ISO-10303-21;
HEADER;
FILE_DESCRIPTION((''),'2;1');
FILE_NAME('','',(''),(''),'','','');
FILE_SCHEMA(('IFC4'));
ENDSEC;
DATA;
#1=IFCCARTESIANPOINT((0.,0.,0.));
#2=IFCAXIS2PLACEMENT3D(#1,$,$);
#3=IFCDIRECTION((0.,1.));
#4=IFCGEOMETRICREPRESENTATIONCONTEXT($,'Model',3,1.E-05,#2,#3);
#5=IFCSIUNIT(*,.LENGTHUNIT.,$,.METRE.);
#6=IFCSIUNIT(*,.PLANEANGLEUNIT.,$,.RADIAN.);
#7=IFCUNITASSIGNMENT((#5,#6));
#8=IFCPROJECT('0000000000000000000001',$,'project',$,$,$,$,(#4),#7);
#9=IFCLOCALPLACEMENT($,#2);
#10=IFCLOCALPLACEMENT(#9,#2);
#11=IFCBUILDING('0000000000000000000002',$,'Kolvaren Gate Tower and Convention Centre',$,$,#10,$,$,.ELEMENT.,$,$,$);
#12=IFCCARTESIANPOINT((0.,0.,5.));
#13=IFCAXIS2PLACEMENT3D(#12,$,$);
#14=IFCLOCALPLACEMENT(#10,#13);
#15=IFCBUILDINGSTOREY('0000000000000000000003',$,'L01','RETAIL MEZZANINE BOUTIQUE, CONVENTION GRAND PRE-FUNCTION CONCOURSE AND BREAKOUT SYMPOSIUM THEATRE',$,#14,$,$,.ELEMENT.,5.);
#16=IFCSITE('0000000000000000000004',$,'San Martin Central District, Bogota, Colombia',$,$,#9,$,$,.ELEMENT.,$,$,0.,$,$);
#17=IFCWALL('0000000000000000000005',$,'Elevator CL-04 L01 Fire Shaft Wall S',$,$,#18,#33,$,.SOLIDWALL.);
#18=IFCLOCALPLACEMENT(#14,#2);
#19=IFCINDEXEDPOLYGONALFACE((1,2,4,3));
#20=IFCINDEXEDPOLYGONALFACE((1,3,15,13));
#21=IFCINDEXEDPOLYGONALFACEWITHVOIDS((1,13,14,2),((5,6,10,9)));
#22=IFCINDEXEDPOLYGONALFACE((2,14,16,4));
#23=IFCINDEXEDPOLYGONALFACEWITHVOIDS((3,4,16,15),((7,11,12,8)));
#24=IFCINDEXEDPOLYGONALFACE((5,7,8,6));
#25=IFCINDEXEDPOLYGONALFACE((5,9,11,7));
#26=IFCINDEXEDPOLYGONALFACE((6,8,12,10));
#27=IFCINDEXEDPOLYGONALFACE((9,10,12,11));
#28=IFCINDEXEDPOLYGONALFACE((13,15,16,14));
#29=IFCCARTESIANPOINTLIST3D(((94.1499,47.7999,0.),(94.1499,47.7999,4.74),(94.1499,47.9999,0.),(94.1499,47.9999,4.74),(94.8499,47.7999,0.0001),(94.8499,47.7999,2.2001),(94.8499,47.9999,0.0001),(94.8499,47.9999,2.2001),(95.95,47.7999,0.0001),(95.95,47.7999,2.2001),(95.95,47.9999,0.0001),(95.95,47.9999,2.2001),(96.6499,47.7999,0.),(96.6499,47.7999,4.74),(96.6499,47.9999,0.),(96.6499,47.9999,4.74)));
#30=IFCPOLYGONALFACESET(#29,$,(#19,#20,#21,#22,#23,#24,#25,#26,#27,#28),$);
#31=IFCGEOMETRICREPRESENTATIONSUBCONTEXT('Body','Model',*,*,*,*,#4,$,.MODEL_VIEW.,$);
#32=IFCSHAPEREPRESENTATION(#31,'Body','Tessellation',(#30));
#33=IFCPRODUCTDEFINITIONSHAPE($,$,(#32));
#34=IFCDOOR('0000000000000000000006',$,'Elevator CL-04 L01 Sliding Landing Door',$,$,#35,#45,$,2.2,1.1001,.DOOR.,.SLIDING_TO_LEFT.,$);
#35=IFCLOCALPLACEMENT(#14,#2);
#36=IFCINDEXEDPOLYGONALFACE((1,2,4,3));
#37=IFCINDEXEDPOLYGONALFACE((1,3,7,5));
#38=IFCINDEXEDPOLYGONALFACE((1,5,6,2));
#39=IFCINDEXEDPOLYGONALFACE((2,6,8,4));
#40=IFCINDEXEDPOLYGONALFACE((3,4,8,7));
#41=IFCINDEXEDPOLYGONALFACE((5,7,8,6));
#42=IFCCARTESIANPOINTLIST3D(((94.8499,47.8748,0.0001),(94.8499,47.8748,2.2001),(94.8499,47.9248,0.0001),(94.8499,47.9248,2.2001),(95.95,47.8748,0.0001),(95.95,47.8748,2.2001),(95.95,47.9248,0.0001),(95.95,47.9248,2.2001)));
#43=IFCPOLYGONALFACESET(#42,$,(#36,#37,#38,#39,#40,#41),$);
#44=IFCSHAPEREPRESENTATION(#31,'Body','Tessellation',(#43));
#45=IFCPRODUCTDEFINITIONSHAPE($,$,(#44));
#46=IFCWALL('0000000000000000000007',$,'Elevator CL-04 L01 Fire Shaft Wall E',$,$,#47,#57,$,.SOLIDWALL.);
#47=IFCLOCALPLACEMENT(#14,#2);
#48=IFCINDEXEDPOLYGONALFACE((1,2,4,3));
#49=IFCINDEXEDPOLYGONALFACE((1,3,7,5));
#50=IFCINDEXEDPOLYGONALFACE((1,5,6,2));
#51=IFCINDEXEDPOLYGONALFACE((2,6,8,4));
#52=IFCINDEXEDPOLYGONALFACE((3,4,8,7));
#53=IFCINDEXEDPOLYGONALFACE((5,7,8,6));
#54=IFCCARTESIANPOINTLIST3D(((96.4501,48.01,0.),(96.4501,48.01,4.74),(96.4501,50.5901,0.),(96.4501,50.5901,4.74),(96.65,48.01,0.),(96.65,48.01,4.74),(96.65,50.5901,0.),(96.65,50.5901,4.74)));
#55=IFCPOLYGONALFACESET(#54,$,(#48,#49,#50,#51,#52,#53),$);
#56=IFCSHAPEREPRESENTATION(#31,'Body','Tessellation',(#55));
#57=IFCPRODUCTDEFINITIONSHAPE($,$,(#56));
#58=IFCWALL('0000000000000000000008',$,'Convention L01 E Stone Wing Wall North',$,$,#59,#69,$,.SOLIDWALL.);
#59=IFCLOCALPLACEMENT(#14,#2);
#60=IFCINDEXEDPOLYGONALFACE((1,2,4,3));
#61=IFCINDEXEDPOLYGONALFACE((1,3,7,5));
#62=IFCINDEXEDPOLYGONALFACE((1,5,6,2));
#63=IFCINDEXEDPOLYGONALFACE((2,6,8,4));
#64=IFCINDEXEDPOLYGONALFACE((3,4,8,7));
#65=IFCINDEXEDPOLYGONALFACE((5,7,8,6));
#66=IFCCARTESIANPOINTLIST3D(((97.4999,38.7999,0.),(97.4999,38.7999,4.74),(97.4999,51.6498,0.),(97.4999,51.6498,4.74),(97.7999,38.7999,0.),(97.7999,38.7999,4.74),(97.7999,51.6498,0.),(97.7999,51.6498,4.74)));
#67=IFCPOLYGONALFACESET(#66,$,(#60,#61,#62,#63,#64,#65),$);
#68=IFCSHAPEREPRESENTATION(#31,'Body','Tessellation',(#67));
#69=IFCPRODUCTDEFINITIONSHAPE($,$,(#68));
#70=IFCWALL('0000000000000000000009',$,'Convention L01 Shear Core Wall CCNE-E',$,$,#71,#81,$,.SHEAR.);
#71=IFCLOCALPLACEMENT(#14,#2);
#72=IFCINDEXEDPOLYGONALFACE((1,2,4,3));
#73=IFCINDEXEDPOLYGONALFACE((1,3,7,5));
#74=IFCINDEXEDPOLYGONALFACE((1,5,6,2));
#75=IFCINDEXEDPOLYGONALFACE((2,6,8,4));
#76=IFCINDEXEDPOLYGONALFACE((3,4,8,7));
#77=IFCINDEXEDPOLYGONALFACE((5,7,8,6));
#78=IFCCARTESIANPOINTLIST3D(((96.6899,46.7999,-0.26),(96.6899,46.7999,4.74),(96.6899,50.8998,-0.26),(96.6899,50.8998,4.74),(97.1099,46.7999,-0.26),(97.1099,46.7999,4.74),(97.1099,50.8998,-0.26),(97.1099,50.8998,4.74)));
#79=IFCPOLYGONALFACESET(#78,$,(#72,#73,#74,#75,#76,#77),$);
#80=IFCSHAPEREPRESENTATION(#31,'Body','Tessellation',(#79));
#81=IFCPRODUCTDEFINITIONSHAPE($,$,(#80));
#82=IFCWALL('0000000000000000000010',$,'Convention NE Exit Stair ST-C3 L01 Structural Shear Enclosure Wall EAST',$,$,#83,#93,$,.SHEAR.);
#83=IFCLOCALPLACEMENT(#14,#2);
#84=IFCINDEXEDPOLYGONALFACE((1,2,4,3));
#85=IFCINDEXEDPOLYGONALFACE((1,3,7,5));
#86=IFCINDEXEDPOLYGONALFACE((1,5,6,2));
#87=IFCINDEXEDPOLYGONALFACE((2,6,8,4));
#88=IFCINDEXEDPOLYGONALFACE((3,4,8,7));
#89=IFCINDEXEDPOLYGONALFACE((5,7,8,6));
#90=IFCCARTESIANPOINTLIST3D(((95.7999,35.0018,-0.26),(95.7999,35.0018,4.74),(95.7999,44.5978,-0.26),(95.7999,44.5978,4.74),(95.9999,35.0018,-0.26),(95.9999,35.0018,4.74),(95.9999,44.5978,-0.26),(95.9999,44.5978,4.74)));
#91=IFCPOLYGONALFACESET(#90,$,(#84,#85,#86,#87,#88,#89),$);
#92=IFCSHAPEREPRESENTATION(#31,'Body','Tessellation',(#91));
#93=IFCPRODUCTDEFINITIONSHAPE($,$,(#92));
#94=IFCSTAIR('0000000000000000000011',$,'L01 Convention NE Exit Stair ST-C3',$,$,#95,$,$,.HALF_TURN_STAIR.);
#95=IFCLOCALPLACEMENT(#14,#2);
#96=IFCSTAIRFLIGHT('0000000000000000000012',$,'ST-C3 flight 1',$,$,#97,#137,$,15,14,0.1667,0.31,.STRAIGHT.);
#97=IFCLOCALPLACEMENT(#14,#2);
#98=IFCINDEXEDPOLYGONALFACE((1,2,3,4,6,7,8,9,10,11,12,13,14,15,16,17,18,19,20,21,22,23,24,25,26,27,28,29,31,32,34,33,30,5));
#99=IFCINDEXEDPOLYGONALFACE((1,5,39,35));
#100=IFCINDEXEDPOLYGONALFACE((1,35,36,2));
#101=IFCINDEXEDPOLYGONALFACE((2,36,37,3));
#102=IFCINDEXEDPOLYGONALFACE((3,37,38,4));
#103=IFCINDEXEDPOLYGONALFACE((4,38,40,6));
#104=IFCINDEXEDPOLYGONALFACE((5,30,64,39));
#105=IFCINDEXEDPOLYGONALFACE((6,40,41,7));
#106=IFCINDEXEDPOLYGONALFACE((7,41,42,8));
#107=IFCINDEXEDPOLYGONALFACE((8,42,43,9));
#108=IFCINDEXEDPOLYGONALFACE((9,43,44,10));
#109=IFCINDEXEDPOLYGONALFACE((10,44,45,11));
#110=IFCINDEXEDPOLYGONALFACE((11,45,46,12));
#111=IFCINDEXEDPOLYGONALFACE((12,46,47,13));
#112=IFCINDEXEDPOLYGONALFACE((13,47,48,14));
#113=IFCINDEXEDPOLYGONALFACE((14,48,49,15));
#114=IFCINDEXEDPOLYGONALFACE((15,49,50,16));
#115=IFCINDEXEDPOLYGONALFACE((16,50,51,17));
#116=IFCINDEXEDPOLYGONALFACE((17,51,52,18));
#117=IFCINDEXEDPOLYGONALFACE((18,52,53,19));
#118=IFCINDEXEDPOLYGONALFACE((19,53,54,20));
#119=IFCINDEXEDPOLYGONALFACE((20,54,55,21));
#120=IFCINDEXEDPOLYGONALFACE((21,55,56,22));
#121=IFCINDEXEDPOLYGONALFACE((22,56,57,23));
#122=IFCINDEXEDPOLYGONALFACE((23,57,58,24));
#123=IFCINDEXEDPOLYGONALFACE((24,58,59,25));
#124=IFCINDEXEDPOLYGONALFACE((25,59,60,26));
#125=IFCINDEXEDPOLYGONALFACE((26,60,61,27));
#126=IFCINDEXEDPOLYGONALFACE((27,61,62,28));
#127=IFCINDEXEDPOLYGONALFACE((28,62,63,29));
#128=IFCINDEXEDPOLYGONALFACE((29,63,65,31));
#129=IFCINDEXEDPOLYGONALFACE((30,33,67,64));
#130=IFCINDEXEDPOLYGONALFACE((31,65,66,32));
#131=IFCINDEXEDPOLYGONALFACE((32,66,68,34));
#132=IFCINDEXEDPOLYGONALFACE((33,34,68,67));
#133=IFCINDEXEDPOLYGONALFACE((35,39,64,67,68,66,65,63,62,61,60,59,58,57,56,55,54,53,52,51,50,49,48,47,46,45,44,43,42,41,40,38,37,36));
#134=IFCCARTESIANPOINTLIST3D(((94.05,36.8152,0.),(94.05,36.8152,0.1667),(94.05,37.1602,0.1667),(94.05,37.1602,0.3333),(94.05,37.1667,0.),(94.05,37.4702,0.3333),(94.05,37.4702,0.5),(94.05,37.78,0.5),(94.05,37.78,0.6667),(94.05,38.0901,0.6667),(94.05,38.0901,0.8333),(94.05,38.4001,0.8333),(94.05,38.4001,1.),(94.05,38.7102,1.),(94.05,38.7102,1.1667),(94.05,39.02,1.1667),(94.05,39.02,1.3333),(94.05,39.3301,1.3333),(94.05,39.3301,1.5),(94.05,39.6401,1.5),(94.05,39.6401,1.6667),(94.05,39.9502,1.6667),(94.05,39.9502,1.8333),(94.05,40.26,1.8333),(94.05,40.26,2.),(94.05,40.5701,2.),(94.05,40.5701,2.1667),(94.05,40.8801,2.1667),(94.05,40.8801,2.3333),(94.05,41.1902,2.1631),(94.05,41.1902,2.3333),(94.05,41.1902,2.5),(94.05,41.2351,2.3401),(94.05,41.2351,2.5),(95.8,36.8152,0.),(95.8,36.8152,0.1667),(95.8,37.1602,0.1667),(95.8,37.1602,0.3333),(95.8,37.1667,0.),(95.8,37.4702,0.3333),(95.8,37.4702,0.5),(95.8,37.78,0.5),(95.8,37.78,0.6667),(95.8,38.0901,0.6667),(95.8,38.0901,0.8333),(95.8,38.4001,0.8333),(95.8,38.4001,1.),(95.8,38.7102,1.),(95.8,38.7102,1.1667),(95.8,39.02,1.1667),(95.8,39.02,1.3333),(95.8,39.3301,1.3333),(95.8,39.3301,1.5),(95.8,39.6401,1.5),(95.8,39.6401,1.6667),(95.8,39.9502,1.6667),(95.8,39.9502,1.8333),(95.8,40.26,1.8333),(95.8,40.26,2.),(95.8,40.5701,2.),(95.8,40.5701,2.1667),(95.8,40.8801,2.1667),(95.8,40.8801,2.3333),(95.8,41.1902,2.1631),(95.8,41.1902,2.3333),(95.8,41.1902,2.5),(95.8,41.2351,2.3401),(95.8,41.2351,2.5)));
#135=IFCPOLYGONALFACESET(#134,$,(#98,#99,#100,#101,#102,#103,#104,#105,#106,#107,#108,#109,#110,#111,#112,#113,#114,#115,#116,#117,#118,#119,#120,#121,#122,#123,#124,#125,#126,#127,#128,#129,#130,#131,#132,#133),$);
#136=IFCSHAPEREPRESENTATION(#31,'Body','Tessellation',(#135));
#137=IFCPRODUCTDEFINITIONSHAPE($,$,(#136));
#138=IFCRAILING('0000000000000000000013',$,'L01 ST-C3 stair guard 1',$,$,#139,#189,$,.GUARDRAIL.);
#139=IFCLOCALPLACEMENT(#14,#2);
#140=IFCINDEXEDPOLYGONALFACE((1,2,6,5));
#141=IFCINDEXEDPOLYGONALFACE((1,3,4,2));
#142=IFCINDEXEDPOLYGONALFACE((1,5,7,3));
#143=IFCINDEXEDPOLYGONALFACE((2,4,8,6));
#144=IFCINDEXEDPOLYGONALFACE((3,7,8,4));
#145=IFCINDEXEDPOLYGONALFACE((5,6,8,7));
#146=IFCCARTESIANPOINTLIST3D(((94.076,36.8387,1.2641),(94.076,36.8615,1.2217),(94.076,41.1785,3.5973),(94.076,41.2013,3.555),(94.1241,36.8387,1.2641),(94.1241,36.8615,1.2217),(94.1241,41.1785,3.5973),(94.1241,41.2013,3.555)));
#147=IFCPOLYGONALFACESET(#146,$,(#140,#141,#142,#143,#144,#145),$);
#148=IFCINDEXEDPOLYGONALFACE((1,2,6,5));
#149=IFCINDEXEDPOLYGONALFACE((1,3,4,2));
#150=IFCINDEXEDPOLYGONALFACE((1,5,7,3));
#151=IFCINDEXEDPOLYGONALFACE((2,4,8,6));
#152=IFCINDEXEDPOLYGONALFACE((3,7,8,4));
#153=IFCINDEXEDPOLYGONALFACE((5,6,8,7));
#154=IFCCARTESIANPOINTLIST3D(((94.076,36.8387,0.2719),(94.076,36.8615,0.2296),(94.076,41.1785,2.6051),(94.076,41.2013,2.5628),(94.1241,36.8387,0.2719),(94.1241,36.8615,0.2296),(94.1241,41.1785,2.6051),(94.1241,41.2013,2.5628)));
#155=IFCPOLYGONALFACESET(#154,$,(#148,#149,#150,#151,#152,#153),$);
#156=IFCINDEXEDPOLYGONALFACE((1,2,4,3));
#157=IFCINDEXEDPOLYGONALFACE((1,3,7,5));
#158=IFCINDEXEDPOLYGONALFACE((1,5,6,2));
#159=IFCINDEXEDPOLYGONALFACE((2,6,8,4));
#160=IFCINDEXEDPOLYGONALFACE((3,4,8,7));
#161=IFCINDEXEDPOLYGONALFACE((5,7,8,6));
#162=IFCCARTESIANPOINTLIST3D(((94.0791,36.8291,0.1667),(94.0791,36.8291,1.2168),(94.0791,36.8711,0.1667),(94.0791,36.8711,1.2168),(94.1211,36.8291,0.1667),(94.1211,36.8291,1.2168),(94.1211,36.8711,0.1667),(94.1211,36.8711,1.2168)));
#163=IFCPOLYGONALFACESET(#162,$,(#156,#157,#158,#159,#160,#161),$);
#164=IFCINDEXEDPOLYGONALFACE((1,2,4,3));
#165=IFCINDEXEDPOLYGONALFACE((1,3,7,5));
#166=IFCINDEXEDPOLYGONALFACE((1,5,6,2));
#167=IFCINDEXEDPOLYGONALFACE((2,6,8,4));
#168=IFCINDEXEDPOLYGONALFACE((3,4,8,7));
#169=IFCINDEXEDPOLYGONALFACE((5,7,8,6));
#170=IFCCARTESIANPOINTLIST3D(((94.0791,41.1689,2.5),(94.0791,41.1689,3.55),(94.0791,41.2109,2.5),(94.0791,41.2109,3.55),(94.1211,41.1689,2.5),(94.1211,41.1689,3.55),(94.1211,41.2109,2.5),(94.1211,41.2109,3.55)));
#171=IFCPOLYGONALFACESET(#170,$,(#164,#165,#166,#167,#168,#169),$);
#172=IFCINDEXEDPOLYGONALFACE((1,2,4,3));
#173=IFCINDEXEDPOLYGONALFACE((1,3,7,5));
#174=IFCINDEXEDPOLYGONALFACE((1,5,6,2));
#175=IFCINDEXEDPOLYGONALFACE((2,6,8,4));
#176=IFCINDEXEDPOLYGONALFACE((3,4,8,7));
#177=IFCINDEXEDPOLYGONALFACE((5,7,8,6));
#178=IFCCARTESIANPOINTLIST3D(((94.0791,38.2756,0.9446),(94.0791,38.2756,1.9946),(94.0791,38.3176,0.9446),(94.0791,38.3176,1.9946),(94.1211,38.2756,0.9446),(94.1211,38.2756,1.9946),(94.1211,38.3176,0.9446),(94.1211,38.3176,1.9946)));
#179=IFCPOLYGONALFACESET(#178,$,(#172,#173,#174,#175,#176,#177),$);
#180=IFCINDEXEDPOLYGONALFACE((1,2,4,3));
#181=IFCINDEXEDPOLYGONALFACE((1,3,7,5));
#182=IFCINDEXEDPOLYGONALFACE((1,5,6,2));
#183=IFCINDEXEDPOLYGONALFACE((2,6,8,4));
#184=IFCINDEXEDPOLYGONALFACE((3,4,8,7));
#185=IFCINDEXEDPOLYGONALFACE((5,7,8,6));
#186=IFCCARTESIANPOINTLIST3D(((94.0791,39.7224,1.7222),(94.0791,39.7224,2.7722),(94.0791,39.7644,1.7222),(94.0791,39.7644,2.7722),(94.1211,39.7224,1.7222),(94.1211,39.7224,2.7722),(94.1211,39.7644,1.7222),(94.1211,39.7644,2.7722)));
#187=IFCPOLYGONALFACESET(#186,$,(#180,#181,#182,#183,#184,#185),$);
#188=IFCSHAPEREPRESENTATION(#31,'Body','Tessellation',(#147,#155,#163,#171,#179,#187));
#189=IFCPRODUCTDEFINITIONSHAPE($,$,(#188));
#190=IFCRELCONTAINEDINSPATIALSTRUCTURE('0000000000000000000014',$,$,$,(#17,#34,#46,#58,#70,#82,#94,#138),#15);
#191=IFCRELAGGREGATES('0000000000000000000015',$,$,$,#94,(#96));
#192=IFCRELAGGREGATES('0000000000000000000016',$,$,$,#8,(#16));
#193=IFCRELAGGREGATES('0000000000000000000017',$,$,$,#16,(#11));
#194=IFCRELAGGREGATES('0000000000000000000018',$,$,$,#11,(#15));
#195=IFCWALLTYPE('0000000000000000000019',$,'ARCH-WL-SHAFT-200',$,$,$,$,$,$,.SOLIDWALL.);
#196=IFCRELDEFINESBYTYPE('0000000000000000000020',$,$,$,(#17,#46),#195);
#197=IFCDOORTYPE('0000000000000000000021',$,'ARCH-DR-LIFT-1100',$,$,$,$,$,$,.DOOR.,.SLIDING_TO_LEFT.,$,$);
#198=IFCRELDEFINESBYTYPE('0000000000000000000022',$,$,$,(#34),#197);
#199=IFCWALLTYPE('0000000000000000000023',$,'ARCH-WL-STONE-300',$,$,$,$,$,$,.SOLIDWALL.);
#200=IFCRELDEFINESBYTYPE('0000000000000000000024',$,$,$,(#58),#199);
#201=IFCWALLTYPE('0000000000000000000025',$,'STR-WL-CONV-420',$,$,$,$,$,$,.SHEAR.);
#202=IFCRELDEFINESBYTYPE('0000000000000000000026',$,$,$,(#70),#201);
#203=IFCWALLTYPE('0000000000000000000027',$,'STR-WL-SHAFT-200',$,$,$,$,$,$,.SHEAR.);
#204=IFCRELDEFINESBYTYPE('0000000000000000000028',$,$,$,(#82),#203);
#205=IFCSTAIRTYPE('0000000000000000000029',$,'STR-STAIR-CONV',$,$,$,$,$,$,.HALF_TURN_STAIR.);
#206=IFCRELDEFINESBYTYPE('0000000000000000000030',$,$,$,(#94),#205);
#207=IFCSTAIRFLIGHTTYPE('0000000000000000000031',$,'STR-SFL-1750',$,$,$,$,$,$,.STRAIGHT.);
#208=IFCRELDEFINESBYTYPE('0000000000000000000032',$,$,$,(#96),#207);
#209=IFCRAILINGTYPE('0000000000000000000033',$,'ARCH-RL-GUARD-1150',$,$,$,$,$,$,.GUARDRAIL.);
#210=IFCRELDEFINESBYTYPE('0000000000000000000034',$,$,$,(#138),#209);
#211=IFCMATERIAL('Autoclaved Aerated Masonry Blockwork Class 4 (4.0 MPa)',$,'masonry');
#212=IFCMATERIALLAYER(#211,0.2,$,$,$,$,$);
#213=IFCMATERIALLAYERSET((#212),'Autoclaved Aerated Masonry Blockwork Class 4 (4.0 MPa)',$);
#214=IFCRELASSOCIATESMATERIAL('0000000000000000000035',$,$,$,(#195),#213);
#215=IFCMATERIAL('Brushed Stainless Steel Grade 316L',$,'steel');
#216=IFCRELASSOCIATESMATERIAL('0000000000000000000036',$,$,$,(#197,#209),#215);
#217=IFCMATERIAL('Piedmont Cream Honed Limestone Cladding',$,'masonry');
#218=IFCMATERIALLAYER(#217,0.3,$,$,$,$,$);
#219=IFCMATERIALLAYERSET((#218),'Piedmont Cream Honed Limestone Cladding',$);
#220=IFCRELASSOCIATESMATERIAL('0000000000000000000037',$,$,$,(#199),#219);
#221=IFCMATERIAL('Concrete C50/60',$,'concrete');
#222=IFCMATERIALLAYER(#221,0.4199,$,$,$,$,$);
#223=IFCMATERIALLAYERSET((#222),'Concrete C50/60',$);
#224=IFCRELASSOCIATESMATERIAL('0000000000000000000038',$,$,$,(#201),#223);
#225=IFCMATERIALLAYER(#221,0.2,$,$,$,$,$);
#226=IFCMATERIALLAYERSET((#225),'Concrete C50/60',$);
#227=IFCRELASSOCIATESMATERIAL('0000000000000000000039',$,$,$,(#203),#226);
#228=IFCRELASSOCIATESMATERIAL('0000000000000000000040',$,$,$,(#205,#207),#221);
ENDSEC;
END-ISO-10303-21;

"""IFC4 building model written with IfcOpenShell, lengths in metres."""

from ifc_helpers import new_model, si_unit, direction, frame, frame_2d, origin, origin_2d, place, context, subcontext, project, spatial, polyline, rectangle, outline, extrude, material, layer, layer_set, type_object, element, fill, aggregate, save


model = new_model("IFC4")

# Units and contexts
model_context = context("Model", 3, precision=1e-05, world=origin(), true_north=direction((0.0, 1.0)))
body_context = subcontext(model_context, "Body", "Model", "MODEL_VIEW")
ifc_project = project(units=[si_unit("LENGTHUNIT", "METRE"), si_unit("PLANEANGLEUNIT", "RADIAN")], contexts=[model_context])

# Site, building, storey
site_placement = place(None, origin())
site = spatial("IfcSite", under=ifc_project, at=site_placement, Name="San Martin Central District, Bogota, Colombia", CompositionType="ELEMENT", RefElevation=0.0)
building_placement = place(site_placement, origin())
building = spatial("IfcBuilding", under=site, at=building_placement, Name="Kolvaren Gate Tower and Convention Centre", CompositionType="ELEMENT")
storey_placement = place(building_placement, frame((0.0, 0.0, 5.0)))
storey = spatial("IfcBuildingStorey", under=building, at=storey_placement, Name="L01", Description="RETAIL MEZZANINE BOUTIQUE, CONVENTION GRAND PRE-FUNCTION CONCOURSE AND BREAKOUT SYMPOSIUM THEATRE", CompositionType="ELEMENT", Elevation=5.0)

# Shared definitions
ifc_material_1 = material(Name="Autoclaved Aerated Masonry Blockwork Class 4 (4.0 MPa)", Category="masonry")
ifc_layer_1 = layer(ifc_material_1, 0.2)
ifc_layer_set_1 = layer_set([ifc_layer_1], Name="Autoclaved Aerated Masonry Blockwork Class 4 (4.0 MPa)")
wall_type_1 = type_object("IfcWallType", Name="ARCH-WL-SHAFT-200", PredefinedType="SOLIDWALL", material=ifc_layer_set_1)

# Wall, opening, door
wall_1_placement = place(storey_placement, frame((94.1499, 47.8999, 0.0), z_axis=(0.0, 0.0, 1.0), x_axis=(1.0, 0.0, 0.0)))
wall_1 = element("IfcWall", 1, at=wall_1_placement, inside=storey, type_object=wall_type_1, Name="Elevator CL-04 L01 Fire Shaft Wall S", PredefinedType="SOLIDWALL", context=body_context, shape_type="SweptSolid", body=[
    extrude(rectangle(XDim=2.5, YDim=0.2, at=frame_2d((1.25, 0.0))), origin(), (0.0, 0.0, 1.0), 4.74),
])
opening_placement = place(wall_1_placement, frame((0.7, 0.0, 0.0)))
opening = element("IfcOpeningElement", 2, at=opening_placement, cuts=wall_1, PredefinedType="OPENING", context=body_context, shape_type="SweptSolid", body=[
    extrude(rectangle(XDim=1.1001, YDim=2.2, at=frame_2d((0.55, 1.1001))), frame((0.0, 0.1099, 0.0), z_axis=(0.0, -1.0, 0.0), x_axis=(1.0, 0.0, 0.0)), (0.0, 0.0, 1.0), 0.22),
])
ifc_material_2 = material(Name="Brushed Stainless Steel Grade 316L", Category="steel")
door_type = type_object("IfcDoorType", Name="ARCH-DR-LIFT-1100", OperationType="SLIDING_TO_LEFT", PredefinedType="DOOR", material=ifc_material_2)
door_placement = place(opening_placement, origin())
door = element("IfcDoor", 3, at=door_placement, inside=storey, type_object=door_type, Name="Elevator CL-04 L01 Sliding Landing Door", OperationType="SLIDING_TO_LEFT", OverallHeight=2.2, OverallWidth=1.1001, PredefinedType="DOOR", context=body_context, shape_type="SweptSolid", body=[
    extrude(rectangle(XDim=1.1001, YDim=2.2, at=frame_2d((0.55, 1.1001))), frame((0.0, 0.0249, 0.0), z_axis=(0.0, -1.0, 0.0), x_axis=(1.0, 0.0, 0.0)), (0.0, 0.0, 1.0), 0.05),
])
fill(opening, door)

# Walls
wall_2_placement = place(storey_placement, frame((96.55, 48.01, 0.0), z_axis=(0.0, 0.0, 1.0), x_axis=(0.0, 1.0, 0.0)))
element("IfcWall", 4, at=wall_2_placement, inside=storey, type_object=wall_type_1, Name="Elevator CL-04 L01 Fire Shaft Wall E", PredefinedType="SOLIDWALL", context=body_context, shape_type="SweptSolid", body=[
    extrude(rectangle(XDim=2.5801, YDim=0.2, at=frame_2d((1.29, 0.0))), origin(), (0.0, 0.0, 1.0), 4.74),
])
ifc_material_3 = material(Name="Piedmont Cream Honed Limestone Cladding", Category="masonry")
ifc_layer_2 = layer(ifc_material_3, 0.3)
ifc_layer_set_2 = layer_set([ifc_layer_2], Name="Piedmont Cream Honed Limestone Cladding")
wall_type_2 = type_object("IfcWallType", Name="ARCH-WL-STONE-300", PredefinedType="SOLIDWALL", material=ifc_layer_set_2)
wall_3_placement = place(storey_placement, frame((97.6499, 38.8, 0.0), z_axis=(0.0, 0.0, 1.0), x_axis=(0.0, 1.0, 0.0)))
element("IfcWall", 5, at=wall_3_placement, inside=storey, type_object=wall_type_2, Name="Convention L01 E Stone Wing Wall North", PredefinedType="SOLIDWALL", context=body_context, shape_type="SweptSolid", body=[
    extrude(rectangle(XDim=12.8499, YDim=0.3, at=frame_2d((6.4248, 0.0))), origin(), (0.0, 0.0, 1.0), 4.74),
])
ifc_material_4 = material(Name="Concrete C50/60", Category="concrete")
ifc_layer_3 = layer(ifc_material_4, 0.4199)
ifc_layer_set_3 = layer_set([ifc_layer_3], Name="Concrete C50/60")
wall_type_3 = type_object("IfcWallType", Name="STR-WL-CONV-420", PredefinedType="SHEAR", material=ifc_layer_set_3)
wall_4_placement = place(storey_placement, frame((96.8999, 46.8, -0.26), z_axis=(0.0, 0.0, 1.0), x_axis=(0.0, 1.0, 0.0)))
element("IfcWall", 6, at=wall_4_placement, inside=storey, type_object=wall_type_3, Name="Convention L01 Shear Core Wall CCNE-E", PredefinedType="SHEAR", context=body_context, shape_type="SweptSolid", body=[
    extrude(rectangle(XDim=4.0999, YDim=0.4199, at=frame_2d((2.0498, 0.0))), origin(), (0.0, 0.0, 1.0), 5.0),
])
ifc_layer_4 = layer(ifc_material_4, 0.2)
ifc_layer_set_4 = layer_set([ifc_layer_4], Name="Concrete C50/60")
wall_type_4 = type_object("IfcWallType", Name="STR-WL-SHAFT-200", PredefinedType="SHEAR", material=ifc_layer_set_4)
wall_5_placement = place(storey_placement, frame((95.8999, 35.002, -0.26), z_axis=(0.0, 0.0, 1.0), x_axis=(0.0, 1.0, 0.0)))
element("IfcWall", 7, at=wall_5_placement, inside=storey, type_object=wall_type_4, Name="Convention NE Exit Stair ST-C3 L01 Structural Shear Enclosure Wall EAST", PredefinedType="SHEAR", context=body_context, shape_type="SweptSolid", body=[
    extrude(rectangle(XDim=9.5959, YDim=0.2, at=frame_2d((4.7979, 0.0))), origin(), (0.0, 0.0, 1.0), 5.0),
])

# Stair, stair flight
stair_type = type_object("IfcStairType", Name="STR-STAIR-CONV", PredefinedType="HALF_TURN_STAIR", material=ifc_material_4)
stair_placement = place(storey_placement, origin())
stair = element("IfcStair", 8, at=stair_placement, inside=storey, type_object=stair_type, Name="L01 Convention NE Exit Stair ST-C3", PredefinedType="HALF_TURN_STAIR")
stair_flight_type = type_object("IfcStairFlightType", Name="STR-SFL-1750", PredefinedType="STRAIGHT", material=ifc_material_4)
stair_flight_placement = place(storey_placement, frame((94.925, 36.8501, 0.0), z_axis=(0.0, 0.0, 1.0), x_axis=(0.0, 1.0, 0.0)))
stair_flight = element("IfcStairFlight", 9, at=stair_flight_placement, type_object=stair_flight_type, Name="ST-C3 flight 1", NumberOfRisers=15, NumberOfTreads=14, PredefinedType="STRAIGHT", RiserHeight=0.1667, TreadLength=0.31, context=body_context, shape_type="SweptSolid", body=[
    extrude(outline(polyline([(-0.0349, 0.0), (-0.0349, 0.1667), (0.3101, 0.1667), (0.3101, 0.3333), (0.6201, 0.3333), (0.6201, 0.5), (0.9299, 0.5), (0.9299, 0.6667), (1.24, 0.6667), (1.24, 0.8333), (1.55, 0.8333), (1.55, 1.0), (1.8601, 1.0), (1.8601, 1.1667), (2.1699, 1.1667), (2.1699, 1.3333), (2.48, 1.3333), (2.48, 1.5), (2.79, 1.5), (2.79, 1.6667), (3.1001, 1.6667), (3.1001, 1.8333), (3.4099, 1.8333), (3.4099, 2.0), (3.72, 2.0), (3.72, 2.1667), (4.03, 2.1667), (4.03, 2.3333), (4.3401, 2.3333), (4.3401, 2.5), (4.385, 2.5), (4.385, 2.3401), (4.3401, 2.1631), (0.3167, 0.0), (-0.0349, 0.0)])), frame((0.0, 0.875, 0.0), z_axis=(0.0, -1.0, 0.0), x_axis=(1.0, 0.0, 0.0)), (0.0, 0.0, 1.0), 1.75),
])
aggregate(stair, [stair_flight])

# Railing
railing_type_1 = type_object("IfcRailingType", Name="ARCH-RL-GUARD-1150", PredefinedType="GUARDRAIL", material=ifc_material_2)
railing_1_placement = place(storey_placement, frame((94.1001, 36.8501, 0.1667)))
element("IfcRailing", 10, at=railing_1_placement, inside=storey, type_object=railing_type_1, Name="L01 ST-C3 stair guard 1", PredefinedType="GUARDRAIL", context=body_context, shape_type="SweptSolid", body=[
    extrude(rectangle(XDim=0.0481, YDim=0.0481, at=origin_2d()), frame((0.0, 0.0, 1.0762), z_axis=(0.0, 0.880775, 0.473535), x_axis=(-1.0, 0.0, 0.0)), (0.0, 0.0, 1.0), 4.9272),
    extrude(rectangle(XDim=0.0481, YDim=0.0481, at=origin_2d()), frame((0.0, 0.0, 0.084), z_axis=(0.0, 0.880775, 0.473535), x_axis=(-1.0, 0.0, 0.0)), (0.0, 0.0, 1.0), 4.9272),
    extrude(rectangle(XDim=0.042, YDim=0.042, at=origin_2d()), origin(), (0.0, 0.0, 1.0), 1.05),
    extrude(rectangle(XDim=0.042, YDim=0.042, at=origin_2d()), frame((0.0, 4.3398, 2.3333)), (0.0, 0.0, 1.0), 1.05),
    extrude(rectangle(XDim=0.042, YDim=0.042, at=origin_2d()), frame((0.0, 1.4465, 0.7778)), (0.0, 0.0, 1.0), 1.05),
    extrude(rectangle(XDim=0.042, YDim=0.042, at=origin_2d()), frame((0.0, 2.8933, 1.5554)), (0.0, 0.0, 1.0), 1.05),
])

save(model, "model.ifc")
